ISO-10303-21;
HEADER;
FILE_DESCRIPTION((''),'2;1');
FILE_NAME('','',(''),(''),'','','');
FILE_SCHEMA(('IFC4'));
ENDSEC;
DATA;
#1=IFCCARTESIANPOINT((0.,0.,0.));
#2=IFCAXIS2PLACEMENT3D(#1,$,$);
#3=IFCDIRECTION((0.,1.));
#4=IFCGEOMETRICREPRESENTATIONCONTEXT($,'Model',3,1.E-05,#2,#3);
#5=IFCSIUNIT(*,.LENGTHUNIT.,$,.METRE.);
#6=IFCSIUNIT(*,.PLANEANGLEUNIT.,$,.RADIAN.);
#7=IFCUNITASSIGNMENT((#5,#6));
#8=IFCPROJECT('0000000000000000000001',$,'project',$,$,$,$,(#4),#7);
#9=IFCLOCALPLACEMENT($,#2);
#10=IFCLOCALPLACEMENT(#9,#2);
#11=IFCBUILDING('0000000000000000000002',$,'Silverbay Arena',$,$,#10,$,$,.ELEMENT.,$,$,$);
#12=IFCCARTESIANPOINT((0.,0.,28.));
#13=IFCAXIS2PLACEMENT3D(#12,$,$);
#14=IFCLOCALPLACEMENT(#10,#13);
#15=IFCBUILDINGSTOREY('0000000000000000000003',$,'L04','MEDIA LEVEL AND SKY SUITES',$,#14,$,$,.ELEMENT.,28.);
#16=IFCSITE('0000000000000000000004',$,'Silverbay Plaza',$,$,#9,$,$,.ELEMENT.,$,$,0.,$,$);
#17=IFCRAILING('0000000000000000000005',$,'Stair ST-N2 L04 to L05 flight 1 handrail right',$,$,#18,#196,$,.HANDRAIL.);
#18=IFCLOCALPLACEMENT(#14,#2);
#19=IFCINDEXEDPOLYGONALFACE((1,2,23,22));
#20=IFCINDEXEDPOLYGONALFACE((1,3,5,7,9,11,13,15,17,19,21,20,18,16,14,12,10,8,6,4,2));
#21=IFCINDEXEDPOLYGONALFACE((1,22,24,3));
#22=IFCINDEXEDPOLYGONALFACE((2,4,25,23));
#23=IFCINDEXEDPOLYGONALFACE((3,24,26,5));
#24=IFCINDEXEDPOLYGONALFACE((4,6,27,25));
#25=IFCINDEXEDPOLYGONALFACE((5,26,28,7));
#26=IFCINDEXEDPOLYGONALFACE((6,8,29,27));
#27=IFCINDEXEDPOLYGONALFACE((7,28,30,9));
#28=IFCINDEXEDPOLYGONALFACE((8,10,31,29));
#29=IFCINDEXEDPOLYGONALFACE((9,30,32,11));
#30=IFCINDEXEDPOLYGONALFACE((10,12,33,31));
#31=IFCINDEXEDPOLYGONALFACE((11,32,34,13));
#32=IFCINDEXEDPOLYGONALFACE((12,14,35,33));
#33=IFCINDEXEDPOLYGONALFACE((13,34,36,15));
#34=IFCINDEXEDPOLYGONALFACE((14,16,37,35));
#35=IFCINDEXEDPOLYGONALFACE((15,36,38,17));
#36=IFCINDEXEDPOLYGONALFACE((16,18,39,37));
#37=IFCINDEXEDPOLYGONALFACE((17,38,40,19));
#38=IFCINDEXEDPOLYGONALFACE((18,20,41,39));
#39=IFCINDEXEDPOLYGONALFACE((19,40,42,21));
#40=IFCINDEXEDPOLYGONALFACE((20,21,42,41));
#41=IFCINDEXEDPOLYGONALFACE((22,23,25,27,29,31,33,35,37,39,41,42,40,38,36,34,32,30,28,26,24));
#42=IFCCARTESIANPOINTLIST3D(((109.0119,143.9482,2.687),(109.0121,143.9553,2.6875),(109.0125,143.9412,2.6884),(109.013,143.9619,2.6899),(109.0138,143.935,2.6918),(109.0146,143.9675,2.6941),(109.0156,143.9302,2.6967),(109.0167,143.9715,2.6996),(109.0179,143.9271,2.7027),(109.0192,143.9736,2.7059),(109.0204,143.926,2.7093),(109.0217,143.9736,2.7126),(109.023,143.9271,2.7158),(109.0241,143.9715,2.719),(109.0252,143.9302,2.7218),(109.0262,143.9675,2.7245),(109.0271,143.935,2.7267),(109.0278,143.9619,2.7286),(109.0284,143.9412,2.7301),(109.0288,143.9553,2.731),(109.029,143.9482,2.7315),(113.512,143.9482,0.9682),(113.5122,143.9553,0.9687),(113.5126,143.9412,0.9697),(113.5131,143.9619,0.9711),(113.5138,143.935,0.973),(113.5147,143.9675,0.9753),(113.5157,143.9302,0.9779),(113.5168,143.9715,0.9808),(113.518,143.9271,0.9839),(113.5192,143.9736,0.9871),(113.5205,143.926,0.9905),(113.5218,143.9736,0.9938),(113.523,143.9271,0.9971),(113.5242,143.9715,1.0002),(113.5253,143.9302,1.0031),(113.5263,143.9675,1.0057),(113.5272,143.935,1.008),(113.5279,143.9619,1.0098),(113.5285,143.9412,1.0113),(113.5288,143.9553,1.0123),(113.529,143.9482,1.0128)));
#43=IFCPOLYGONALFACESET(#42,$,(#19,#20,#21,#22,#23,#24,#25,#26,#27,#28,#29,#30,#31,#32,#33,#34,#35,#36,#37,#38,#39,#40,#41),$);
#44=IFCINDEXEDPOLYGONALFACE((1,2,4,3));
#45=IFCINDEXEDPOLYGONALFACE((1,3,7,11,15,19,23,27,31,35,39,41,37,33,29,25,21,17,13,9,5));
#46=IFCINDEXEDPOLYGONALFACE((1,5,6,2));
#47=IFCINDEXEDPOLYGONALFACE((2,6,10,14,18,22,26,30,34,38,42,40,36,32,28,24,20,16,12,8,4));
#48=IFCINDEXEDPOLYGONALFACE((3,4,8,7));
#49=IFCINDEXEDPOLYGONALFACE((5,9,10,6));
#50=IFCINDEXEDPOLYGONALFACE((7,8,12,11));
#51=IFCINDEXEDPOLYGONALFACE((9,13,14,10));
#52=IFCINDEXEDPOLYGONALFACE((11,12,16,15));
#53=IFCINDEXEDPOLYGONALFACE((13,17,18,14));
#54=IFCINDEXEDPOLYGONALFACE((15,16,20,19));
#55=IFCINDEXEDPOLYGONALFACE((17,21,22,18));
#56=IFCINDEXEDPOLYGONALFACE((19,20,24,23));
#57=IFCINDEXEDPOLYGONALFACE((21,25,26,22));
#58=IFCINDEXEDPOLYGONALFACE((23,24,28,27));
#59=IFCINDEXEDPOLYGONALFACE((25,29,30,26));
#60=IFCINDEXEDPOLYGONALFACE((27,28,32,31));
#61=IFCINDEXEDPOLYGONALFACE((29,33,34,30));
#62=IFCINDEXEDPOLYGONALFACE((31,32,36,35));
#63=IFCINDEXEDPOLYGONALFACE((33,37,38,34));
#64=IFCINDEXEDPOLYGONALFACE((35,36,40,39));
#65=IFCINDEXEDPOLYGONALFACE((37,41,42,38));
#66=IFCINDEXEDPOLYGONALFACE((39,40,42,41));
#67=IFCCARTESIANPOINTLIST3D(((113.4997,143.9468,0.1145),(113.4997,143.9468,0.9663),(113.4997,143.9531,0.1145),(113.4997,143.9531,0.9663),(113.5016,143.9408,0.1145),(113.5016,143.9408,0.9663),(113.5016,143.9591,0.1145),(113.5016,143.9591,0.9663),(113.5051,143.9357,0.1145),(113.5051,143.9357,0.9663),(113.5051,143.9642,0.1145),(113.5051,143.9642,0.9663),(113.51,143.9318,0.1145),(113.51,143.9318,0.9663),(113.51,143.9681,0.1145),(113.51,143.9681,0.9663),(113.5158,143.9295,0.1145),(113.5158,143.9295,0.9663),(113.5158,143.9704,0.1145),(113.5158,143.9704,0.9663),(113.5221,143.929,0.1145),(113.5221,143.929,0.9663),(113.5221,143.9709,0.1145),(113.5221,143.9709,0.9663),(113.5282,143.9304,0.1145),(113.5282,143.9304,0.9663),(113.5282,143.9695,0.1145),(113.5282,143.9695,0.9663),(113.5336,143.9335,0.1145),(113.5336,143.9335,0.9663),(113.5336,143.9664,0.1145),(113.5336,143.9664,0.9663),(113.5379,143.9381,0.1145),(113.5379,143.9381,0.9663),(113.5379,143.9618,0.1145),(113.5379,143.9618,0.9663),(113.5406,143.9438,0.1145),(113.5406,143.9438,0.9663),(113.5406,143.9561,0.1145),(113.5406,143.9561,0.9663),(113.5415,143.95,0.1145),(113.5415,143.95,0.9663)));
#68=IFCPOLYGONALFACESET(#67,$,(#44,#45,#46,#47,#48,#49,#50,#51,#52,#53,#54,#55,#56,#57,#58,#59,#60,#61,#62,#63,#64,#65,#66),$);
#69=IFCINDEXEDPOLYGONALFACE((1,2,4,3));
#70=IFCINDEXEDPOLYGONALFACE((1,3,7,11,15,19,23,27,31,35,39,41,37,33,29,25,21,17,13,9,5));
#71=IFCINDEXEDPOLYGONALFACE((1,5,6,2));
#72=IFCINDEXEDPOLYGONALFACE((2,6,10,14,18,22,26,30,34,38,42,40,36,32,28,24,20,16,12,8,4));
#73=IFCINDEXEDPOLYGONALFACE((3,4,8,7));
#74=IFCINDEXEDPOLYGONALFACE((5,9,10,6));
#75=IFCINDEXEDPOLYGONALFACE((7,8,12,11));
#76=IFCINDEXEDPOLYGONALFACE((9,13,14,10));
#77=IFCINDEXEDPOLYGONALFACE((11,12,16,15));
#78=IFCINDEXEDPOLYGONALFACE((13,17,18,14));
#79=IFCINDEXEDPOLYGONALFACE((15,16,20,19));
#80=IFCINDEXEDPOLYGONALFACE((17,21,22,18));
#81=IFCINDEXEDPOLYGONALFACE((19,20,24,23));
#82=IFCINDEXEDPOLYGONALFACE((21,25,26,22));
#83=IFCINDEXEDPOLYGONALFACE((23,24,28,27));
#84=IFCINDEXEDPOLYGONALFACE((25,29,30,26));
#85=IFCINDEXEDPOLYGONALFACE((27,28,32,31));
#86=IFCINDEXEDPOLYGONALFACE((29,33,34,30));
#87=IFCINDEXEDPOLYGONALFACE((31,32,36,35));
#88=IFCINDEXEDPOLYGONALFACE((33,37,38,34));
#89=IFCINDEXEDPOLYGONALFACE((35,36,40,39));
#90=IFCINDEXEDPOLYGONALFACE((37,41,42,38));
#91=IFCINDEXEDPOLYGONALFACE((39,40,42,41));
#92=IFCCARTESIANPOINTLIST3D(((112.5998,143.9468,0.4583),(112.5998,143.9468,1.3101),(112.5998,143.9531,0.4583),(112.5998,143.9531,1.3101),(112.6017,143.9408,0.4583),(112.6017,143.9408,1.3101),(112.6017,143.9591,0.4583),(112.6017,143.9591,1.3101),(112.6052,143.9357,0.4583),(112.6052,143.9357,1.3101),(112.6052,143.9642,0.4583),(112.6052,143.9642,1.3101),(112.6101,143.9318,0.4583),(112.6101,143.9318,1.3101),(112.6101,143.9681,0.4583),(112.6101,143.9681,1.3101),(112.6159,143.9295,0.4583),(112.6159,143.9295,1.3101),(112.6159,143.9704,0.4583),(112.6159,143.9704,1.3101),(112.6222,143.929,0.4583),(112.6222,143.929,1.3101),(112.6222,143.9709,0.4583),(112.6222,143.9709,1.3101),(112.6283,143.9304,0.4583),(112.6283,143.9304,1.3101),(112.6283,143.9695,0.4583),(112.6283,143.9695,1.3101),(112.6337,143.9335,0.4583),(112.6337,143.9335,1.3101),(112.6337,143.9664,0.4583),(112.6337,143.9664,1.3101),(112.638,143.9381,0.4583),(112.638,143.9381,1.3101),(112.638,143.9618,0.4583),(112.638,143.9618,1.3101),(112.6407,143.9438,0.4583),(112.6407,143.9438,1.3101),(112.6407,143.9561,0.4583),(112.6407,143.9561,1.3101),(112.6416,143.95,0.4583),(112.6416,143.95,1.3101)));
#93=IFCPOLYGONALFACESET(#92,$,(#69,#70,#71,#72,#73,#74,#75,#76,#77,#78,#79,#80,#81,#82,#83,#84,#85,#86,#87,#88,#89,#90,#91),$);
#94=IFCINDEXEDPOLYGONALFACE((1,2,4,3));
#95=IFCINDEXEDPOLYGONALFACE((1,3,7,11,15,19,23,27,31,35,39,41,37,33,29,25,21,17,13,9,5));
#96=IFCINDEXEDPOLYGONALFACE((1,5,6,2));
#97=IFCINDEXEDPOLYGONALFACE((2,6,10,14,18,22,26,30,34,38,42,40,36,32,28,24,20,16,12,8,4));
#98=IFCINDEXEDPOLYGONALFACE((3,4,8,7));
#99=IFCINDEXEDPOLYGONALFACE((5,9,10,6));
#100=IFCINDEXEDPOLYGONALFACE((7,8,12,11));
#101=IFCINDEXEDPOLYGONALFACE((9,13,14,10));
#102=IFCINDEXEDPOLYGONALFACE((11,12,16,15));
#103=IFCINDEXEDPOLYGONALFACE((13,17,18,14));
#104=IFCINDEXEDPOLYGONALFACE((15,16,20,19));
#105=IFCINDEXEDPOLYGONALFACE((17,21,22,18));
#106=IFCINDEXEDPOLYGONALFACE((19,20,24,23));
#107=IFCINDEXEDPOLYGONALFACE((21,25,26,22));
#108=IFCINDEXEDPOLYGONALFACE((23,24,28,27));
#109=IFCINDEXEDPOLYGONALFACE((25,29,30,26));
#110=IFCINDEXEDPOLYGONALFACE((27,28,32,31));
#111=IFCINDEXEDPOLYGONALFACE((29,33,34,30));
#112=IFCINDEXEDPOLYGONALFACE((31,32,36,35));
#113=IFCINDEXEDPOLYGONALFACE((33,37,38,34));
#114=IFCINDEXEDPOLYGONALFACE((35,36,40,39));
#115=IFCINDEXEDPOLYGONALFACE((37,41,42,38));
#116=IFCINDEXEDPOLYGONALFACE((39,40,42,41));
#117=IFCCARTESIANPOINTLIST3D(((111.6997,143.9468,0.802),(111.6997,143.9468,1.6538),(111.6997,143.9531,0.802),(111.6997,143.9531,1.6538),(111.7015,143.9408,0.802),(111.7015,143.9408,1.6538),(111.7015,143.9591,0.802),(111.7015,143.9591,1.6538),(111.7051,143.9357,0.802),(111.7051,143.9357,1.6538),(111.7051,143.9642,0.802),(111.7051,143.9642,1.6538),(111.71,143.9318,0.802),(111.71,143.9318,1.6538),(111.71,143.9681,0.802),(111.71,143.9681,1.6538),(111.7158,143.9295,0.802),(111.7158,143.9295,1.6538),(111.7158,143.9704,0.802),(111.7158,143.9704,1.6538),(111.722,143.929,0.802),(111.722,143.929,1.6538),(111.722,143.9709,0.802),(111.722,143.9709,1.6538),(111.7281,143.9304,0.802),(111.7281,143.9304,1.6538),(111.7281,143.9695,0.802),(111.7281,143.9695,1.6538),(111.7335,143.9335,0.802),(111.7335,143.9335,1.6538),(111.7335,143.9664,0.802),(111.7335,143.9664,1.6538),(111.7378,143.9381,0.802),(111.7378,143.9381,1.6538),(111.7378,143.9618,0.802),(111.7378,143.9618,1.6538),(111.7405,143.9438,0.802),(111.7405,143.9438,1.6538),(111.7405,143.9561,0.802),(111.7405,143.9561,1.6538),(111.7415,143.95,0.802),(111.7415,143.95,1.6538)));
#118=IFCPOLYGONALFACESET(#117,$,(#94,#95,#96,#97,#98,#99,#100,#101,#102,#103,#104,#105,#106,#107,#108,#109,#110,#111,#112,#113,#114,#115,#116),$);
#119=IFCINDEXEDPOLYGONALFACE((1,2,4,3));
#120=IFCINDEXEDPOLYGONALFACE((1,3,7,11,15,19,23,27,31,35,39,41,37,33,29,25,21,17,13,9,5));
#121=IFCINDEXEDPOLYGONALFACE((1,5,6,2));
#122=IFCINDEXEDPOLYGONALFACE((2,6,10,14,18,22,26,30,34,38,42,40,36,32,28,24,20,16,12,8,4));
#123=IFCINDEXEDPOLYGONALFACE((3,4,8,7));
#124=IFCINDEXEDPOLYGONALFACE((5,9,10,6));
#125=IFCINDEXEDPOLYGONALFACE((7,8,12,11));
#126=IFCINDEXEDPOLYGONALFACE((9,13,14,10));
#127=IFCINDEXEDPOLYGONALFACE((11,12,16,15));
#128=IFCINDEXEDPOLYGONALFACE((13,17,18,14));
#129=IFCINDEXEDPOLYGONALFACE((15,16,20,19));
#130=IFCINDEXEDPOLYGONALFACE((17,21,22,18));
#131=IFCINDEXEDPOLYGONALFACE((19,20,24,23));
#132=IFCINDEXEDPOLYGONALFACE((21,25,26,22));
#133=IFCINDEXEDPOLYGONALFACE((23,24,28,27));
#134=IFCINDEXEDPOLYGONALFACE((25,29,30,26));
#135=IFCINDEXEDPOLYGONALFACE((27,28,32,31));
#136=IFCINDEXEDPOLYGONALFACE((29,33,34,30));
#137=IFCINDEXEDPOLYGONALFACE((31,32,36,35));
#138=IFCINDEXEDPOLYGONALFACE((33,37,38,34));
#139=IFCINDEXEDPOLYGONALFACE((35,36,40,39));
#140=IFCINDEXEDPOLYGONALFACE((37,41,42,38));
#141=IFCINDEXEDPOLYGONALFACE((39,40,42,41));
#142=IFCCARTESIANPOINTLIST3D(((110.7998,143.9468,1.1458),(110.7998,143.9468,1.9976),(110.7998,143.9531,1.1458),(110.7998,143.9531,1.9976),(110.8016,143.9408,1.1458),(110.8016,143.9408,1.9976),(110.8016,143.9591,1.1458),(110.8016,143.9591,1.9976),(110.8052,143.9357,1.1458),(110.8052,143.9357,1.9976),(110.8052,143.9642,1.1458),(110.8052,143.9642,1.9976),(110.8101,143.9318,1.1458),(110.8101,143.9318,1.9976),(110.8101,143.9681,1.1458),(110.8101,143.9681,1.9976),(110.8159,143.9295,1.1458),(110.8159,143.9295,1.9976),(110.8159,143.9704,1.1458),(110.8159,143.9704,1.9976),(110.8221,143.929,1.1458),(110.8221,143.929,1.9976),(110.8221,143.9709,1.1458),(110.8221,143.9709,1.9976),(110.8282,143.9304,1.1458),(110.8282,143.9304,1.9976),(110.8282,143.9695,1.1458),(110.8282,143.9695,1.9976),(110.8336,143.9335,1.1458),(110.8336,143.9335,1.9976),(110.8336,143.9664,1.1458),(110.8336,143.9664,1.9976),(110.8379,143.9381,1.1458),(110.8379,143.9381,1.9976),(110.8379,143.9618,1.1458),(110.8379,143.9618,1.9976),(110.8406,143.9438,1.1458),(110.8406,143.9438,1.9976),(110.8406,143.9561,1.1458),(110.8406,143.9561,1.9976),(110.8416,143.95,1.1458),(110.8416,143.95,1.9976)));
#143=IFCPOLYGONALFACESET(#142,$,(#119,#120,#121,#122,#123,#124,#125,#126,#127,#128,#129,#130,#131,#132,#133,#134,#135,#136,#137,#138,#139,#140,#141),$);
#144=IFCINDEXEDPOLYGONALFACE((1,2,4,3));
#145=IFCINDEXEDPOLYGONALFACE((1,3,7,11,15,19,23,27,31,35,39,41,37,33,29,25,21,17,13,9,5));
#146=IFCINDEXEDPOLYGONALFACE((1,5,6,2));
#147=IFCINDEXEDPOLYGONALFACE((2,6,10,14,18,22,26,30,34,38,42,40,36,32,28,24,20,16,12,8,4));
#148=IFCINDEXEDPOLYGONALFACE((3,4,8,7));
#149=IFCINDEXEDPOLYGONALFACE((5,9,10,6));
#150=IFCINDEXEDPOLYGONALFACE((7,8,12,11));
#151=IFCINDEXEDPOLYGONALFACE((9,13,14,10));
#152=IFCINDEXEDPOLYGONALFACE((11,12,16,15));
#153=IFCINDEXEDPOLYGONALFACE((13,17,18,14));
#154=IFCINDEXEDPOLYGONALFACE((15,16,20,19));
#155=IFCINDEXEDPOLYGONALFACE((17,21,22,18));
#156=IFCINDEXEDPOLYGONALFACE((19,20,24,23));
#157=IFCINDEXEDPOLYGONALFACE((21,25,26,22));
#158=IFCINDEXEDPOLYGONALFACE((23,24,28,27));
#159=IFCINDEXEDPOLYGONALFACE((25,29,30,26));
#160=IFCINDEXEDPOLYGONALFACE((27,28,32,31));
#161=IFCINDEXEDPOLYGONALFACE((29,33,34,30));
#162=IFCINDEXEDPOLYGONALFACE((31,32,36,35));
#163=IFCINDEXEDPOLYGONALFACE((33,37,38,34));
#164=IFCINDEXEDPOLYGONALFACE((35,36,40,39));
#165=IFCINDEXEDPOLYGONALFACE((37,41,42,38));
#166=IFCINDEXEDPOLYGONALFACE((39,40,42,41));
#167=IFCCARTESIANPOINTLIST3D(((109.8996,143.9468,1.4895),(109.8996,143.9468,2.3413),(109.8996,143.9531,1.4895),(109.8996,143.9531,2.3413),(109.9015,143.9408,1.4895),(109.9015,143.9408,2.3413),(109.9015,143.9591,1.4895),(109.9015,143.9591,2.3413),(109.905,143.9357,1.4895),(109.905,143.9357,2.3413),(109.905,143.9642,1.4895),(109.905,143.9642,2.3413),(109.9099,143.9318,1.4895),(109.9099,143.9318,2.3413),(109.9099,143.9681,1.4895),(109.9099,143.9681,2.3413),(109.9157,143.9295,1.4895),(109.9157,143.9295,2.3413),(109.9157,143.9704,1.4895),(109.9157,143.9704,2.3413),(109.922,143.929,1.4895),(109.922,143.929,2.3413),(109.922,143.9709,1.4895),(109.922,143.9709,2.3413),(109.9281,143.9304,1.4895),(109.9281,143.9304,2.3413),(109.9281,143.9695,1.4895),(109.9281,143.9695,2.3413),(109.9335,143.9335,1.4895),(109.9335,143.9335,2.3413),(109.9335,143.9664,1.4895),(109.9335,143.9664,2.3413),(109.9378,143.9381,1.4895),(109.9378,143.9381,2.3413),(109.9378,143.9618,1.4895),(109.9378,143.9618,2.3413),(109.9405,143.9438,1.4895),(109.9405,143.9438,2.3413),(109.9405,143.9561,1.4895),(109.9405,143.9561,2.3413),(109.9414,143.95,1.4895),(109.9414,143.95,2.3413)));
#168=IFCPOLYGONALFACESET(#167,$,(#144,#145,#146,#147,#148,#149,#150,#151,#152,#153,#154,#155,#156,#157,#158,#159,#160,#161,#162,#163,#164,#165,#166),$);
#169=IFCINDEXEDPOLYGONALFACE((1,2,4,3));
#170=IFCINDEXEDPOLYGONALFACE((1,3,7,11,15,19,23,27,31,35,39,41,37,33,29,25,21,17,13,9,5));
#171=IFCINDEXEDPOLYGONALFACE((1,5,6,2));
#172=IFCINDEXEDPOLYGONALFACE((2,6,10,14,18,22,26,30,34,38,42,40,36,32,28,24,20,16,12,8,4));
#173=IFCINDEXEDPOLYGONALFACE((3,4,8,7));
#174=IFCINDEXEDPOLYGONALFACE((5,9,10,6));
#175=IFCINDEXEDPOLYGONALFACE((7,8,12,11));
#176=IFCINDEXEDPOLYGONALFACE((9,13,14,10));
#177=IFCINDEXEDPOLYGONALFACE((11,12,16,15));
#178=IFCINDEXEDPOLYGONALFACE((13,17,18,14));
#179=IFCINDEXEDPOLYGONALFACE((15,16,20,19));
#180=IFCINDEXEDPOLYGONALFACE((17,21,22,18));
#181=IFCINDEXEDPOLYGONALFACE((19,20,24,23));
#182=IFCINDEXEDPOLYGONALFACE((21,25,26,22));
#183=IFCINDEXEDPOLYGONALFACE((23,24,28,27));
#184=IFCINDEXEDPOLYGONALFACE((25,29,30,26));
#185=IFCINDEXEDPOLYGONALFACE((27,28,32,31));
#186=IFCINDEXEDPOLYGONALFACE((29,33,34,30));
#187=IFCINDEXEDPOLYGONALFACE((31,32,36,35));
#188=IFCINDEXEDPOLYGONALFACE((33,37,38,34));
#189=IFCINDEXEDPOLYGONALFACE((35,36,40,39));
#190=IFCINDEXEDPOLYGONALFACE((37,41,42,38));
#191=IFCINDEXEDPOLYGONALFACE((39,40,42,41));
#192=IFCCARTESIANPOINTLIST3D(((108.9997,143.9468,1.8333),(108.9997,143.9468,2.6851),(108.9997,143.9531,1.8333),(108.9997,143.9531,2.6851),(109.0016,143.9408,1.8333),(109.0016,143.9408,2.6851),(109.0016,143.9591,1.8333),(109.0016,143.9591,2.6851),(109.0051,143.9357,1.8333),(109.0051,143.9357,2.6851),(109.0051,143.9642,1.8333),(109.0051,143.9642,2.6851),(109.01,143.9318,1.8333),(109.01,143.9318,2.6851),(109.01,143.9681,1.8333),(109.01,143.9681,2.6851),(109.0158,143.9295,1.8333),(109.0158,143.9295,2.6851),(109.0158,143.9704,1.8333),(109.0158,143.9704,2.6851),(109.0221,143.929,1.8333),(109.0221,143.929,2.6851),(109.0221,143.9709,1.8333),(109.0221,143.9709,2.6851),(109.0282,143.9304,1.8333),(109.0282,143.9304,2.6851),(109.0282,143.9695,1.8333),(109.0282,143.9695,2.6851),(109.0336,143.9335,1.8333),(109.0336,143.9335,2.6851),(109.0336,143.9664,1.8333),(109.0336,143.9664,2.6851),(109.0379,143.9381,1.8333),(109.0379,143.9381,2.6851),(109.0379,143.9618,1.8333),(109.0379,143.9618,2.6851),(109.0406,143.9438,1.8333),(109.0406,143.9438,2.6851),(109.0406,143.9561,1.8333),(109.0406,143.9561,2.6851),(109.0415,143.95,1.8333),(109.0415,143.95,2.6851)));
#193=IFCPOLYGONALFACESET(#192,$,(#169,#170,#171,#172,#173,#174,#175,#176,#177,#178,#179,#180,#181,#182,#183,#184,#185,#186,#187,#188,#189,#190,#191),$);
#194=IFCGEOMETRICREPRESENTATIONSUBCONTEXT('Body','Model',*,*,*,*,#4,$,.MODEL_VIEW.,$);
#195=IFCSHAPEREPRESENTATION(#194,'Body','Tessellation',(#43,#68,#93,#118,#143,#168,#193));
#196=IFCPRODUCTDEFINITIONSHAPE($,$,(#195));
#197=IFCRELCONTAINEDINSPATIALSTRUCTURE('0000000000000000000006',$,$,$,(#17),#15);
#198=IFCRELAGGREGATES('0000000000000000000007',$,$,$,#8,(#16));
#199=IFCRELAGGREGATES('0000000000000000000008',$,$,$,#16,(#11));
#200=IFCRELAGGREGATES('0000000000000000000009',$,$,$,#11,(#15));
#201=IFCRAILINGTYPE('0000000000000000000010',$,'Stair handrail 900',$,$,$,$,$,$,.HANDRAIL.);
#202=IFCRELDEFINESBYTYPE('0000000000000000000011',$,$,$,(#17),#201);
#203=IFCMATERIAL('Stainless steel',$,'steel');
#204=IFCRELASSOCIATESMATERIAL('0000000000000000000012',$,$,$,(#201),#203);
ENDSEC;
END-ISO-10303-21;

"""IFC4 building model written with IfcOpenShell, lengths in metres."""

from ifc_helpers import new_model, si_unit, direction, frame, origin, origin_2d, place, context, subcontext, project, spatial, circle, extrude, material, type_object, element, save


model = new_model("IFC4")

# Units and contexts
model_context = context("Model", 3, precision=1e-05, world=origin(), true_north=direction((0.0, 1.0)))
body_context = subcontext(model_context, "Body", "Model", "MODEL_VIEW")
ifc_project = project(units=[si_unit("LENGTHUNIT", "METRE"), si_unit("PLANEANGLEUNIT", "RADIAN")], contexts=[model_context])

# Site, building, storey
site_placement = place(None, origin())
site = spatial("IfcSite", under=ifc_project, at=site_placement, Name="Silverbay Plaza", CompositionType="ELEMENT", RefElevation=0.0)
building_placement = place(site_placement, origin())
building = spatial("IfcBuilding", under=site, at=building_placement, Name="Silverbay Arena", CompositionType="ELEMENT")
storey_placement = place(building_placement, frame((0.0, 0.0, 28.0)))
storey = spatial("IfcBuildingStorey", under=building, at=storey_placement, Name="L04", Description="MEDIA LEVEL AND SKY SUITES", CompositionType="ELEMENT", Elevation=28.0)

# Railing
ifc_material_1 = material(Name="Stainless steel", Category="steel")
railing_type_1 = type_object("IfcRailingType", Name="Stair handrail 900", PredefinedType="HANDRAIL", material=ifc_material_1)
for number, where, name in (
    (1, (113.5205, 143.95, 0.1145), "Stair ST-N2 L04 to L05 flight 1 handrail right"),
):
    element("IfcRailing", number, at=place(storey_placement, frame(where)), inside=storey, type_object=railing_type_1, Name=name, PredefinedType="HANDRAIL", context=body_context, shape_type="SweptSolid", body=[
        extrude(circle(Radius=0.0239, at=origin_2d()), frame((0.0, 0.0, 0.876), z_axis=(-0.934179, 0.0, 0.356805), x_axis=(0.0, -1.0, 0.0)), (0.0, 0.0, 1.0), 4.8171),
        extrude(circle(Radius=0.021, at=origin_2d()), origin(), (0.0, 0.0, 1.0), 0.8518),
        extrude(circle(Radius=0.021, at=origin_2d()), frame((-0.8999, 0.0, 0.3438)), (0.0, 0.0, 1.0), 0.8518),
        extrude(circle(Radius=0.021, at=origin_2d()), frame((-1.8, 0.0, 0.6875)), (0.0, 0.0, 1.0), 0.8518),
        extrude(circle(Radius=0.021, at=origin_2d()), frame((-2.7, 0.0, 1.0312)), (0.0, 0.0, 1.0), 0.8518),
        extrude(circle(Radius=0.021, at=origin_2d()), frame((-3.6001, 0.0, 1.375)), (0.0, 0.0, 1.0), 0.8518),
        extrude(circle(Radius=0.021, at=origin_2d()), frame((-4.5, 0.0, 1.7188)), (0.0, 0.0, 1.0), 0.8518),
    ])

save(model, "model.ifc")
